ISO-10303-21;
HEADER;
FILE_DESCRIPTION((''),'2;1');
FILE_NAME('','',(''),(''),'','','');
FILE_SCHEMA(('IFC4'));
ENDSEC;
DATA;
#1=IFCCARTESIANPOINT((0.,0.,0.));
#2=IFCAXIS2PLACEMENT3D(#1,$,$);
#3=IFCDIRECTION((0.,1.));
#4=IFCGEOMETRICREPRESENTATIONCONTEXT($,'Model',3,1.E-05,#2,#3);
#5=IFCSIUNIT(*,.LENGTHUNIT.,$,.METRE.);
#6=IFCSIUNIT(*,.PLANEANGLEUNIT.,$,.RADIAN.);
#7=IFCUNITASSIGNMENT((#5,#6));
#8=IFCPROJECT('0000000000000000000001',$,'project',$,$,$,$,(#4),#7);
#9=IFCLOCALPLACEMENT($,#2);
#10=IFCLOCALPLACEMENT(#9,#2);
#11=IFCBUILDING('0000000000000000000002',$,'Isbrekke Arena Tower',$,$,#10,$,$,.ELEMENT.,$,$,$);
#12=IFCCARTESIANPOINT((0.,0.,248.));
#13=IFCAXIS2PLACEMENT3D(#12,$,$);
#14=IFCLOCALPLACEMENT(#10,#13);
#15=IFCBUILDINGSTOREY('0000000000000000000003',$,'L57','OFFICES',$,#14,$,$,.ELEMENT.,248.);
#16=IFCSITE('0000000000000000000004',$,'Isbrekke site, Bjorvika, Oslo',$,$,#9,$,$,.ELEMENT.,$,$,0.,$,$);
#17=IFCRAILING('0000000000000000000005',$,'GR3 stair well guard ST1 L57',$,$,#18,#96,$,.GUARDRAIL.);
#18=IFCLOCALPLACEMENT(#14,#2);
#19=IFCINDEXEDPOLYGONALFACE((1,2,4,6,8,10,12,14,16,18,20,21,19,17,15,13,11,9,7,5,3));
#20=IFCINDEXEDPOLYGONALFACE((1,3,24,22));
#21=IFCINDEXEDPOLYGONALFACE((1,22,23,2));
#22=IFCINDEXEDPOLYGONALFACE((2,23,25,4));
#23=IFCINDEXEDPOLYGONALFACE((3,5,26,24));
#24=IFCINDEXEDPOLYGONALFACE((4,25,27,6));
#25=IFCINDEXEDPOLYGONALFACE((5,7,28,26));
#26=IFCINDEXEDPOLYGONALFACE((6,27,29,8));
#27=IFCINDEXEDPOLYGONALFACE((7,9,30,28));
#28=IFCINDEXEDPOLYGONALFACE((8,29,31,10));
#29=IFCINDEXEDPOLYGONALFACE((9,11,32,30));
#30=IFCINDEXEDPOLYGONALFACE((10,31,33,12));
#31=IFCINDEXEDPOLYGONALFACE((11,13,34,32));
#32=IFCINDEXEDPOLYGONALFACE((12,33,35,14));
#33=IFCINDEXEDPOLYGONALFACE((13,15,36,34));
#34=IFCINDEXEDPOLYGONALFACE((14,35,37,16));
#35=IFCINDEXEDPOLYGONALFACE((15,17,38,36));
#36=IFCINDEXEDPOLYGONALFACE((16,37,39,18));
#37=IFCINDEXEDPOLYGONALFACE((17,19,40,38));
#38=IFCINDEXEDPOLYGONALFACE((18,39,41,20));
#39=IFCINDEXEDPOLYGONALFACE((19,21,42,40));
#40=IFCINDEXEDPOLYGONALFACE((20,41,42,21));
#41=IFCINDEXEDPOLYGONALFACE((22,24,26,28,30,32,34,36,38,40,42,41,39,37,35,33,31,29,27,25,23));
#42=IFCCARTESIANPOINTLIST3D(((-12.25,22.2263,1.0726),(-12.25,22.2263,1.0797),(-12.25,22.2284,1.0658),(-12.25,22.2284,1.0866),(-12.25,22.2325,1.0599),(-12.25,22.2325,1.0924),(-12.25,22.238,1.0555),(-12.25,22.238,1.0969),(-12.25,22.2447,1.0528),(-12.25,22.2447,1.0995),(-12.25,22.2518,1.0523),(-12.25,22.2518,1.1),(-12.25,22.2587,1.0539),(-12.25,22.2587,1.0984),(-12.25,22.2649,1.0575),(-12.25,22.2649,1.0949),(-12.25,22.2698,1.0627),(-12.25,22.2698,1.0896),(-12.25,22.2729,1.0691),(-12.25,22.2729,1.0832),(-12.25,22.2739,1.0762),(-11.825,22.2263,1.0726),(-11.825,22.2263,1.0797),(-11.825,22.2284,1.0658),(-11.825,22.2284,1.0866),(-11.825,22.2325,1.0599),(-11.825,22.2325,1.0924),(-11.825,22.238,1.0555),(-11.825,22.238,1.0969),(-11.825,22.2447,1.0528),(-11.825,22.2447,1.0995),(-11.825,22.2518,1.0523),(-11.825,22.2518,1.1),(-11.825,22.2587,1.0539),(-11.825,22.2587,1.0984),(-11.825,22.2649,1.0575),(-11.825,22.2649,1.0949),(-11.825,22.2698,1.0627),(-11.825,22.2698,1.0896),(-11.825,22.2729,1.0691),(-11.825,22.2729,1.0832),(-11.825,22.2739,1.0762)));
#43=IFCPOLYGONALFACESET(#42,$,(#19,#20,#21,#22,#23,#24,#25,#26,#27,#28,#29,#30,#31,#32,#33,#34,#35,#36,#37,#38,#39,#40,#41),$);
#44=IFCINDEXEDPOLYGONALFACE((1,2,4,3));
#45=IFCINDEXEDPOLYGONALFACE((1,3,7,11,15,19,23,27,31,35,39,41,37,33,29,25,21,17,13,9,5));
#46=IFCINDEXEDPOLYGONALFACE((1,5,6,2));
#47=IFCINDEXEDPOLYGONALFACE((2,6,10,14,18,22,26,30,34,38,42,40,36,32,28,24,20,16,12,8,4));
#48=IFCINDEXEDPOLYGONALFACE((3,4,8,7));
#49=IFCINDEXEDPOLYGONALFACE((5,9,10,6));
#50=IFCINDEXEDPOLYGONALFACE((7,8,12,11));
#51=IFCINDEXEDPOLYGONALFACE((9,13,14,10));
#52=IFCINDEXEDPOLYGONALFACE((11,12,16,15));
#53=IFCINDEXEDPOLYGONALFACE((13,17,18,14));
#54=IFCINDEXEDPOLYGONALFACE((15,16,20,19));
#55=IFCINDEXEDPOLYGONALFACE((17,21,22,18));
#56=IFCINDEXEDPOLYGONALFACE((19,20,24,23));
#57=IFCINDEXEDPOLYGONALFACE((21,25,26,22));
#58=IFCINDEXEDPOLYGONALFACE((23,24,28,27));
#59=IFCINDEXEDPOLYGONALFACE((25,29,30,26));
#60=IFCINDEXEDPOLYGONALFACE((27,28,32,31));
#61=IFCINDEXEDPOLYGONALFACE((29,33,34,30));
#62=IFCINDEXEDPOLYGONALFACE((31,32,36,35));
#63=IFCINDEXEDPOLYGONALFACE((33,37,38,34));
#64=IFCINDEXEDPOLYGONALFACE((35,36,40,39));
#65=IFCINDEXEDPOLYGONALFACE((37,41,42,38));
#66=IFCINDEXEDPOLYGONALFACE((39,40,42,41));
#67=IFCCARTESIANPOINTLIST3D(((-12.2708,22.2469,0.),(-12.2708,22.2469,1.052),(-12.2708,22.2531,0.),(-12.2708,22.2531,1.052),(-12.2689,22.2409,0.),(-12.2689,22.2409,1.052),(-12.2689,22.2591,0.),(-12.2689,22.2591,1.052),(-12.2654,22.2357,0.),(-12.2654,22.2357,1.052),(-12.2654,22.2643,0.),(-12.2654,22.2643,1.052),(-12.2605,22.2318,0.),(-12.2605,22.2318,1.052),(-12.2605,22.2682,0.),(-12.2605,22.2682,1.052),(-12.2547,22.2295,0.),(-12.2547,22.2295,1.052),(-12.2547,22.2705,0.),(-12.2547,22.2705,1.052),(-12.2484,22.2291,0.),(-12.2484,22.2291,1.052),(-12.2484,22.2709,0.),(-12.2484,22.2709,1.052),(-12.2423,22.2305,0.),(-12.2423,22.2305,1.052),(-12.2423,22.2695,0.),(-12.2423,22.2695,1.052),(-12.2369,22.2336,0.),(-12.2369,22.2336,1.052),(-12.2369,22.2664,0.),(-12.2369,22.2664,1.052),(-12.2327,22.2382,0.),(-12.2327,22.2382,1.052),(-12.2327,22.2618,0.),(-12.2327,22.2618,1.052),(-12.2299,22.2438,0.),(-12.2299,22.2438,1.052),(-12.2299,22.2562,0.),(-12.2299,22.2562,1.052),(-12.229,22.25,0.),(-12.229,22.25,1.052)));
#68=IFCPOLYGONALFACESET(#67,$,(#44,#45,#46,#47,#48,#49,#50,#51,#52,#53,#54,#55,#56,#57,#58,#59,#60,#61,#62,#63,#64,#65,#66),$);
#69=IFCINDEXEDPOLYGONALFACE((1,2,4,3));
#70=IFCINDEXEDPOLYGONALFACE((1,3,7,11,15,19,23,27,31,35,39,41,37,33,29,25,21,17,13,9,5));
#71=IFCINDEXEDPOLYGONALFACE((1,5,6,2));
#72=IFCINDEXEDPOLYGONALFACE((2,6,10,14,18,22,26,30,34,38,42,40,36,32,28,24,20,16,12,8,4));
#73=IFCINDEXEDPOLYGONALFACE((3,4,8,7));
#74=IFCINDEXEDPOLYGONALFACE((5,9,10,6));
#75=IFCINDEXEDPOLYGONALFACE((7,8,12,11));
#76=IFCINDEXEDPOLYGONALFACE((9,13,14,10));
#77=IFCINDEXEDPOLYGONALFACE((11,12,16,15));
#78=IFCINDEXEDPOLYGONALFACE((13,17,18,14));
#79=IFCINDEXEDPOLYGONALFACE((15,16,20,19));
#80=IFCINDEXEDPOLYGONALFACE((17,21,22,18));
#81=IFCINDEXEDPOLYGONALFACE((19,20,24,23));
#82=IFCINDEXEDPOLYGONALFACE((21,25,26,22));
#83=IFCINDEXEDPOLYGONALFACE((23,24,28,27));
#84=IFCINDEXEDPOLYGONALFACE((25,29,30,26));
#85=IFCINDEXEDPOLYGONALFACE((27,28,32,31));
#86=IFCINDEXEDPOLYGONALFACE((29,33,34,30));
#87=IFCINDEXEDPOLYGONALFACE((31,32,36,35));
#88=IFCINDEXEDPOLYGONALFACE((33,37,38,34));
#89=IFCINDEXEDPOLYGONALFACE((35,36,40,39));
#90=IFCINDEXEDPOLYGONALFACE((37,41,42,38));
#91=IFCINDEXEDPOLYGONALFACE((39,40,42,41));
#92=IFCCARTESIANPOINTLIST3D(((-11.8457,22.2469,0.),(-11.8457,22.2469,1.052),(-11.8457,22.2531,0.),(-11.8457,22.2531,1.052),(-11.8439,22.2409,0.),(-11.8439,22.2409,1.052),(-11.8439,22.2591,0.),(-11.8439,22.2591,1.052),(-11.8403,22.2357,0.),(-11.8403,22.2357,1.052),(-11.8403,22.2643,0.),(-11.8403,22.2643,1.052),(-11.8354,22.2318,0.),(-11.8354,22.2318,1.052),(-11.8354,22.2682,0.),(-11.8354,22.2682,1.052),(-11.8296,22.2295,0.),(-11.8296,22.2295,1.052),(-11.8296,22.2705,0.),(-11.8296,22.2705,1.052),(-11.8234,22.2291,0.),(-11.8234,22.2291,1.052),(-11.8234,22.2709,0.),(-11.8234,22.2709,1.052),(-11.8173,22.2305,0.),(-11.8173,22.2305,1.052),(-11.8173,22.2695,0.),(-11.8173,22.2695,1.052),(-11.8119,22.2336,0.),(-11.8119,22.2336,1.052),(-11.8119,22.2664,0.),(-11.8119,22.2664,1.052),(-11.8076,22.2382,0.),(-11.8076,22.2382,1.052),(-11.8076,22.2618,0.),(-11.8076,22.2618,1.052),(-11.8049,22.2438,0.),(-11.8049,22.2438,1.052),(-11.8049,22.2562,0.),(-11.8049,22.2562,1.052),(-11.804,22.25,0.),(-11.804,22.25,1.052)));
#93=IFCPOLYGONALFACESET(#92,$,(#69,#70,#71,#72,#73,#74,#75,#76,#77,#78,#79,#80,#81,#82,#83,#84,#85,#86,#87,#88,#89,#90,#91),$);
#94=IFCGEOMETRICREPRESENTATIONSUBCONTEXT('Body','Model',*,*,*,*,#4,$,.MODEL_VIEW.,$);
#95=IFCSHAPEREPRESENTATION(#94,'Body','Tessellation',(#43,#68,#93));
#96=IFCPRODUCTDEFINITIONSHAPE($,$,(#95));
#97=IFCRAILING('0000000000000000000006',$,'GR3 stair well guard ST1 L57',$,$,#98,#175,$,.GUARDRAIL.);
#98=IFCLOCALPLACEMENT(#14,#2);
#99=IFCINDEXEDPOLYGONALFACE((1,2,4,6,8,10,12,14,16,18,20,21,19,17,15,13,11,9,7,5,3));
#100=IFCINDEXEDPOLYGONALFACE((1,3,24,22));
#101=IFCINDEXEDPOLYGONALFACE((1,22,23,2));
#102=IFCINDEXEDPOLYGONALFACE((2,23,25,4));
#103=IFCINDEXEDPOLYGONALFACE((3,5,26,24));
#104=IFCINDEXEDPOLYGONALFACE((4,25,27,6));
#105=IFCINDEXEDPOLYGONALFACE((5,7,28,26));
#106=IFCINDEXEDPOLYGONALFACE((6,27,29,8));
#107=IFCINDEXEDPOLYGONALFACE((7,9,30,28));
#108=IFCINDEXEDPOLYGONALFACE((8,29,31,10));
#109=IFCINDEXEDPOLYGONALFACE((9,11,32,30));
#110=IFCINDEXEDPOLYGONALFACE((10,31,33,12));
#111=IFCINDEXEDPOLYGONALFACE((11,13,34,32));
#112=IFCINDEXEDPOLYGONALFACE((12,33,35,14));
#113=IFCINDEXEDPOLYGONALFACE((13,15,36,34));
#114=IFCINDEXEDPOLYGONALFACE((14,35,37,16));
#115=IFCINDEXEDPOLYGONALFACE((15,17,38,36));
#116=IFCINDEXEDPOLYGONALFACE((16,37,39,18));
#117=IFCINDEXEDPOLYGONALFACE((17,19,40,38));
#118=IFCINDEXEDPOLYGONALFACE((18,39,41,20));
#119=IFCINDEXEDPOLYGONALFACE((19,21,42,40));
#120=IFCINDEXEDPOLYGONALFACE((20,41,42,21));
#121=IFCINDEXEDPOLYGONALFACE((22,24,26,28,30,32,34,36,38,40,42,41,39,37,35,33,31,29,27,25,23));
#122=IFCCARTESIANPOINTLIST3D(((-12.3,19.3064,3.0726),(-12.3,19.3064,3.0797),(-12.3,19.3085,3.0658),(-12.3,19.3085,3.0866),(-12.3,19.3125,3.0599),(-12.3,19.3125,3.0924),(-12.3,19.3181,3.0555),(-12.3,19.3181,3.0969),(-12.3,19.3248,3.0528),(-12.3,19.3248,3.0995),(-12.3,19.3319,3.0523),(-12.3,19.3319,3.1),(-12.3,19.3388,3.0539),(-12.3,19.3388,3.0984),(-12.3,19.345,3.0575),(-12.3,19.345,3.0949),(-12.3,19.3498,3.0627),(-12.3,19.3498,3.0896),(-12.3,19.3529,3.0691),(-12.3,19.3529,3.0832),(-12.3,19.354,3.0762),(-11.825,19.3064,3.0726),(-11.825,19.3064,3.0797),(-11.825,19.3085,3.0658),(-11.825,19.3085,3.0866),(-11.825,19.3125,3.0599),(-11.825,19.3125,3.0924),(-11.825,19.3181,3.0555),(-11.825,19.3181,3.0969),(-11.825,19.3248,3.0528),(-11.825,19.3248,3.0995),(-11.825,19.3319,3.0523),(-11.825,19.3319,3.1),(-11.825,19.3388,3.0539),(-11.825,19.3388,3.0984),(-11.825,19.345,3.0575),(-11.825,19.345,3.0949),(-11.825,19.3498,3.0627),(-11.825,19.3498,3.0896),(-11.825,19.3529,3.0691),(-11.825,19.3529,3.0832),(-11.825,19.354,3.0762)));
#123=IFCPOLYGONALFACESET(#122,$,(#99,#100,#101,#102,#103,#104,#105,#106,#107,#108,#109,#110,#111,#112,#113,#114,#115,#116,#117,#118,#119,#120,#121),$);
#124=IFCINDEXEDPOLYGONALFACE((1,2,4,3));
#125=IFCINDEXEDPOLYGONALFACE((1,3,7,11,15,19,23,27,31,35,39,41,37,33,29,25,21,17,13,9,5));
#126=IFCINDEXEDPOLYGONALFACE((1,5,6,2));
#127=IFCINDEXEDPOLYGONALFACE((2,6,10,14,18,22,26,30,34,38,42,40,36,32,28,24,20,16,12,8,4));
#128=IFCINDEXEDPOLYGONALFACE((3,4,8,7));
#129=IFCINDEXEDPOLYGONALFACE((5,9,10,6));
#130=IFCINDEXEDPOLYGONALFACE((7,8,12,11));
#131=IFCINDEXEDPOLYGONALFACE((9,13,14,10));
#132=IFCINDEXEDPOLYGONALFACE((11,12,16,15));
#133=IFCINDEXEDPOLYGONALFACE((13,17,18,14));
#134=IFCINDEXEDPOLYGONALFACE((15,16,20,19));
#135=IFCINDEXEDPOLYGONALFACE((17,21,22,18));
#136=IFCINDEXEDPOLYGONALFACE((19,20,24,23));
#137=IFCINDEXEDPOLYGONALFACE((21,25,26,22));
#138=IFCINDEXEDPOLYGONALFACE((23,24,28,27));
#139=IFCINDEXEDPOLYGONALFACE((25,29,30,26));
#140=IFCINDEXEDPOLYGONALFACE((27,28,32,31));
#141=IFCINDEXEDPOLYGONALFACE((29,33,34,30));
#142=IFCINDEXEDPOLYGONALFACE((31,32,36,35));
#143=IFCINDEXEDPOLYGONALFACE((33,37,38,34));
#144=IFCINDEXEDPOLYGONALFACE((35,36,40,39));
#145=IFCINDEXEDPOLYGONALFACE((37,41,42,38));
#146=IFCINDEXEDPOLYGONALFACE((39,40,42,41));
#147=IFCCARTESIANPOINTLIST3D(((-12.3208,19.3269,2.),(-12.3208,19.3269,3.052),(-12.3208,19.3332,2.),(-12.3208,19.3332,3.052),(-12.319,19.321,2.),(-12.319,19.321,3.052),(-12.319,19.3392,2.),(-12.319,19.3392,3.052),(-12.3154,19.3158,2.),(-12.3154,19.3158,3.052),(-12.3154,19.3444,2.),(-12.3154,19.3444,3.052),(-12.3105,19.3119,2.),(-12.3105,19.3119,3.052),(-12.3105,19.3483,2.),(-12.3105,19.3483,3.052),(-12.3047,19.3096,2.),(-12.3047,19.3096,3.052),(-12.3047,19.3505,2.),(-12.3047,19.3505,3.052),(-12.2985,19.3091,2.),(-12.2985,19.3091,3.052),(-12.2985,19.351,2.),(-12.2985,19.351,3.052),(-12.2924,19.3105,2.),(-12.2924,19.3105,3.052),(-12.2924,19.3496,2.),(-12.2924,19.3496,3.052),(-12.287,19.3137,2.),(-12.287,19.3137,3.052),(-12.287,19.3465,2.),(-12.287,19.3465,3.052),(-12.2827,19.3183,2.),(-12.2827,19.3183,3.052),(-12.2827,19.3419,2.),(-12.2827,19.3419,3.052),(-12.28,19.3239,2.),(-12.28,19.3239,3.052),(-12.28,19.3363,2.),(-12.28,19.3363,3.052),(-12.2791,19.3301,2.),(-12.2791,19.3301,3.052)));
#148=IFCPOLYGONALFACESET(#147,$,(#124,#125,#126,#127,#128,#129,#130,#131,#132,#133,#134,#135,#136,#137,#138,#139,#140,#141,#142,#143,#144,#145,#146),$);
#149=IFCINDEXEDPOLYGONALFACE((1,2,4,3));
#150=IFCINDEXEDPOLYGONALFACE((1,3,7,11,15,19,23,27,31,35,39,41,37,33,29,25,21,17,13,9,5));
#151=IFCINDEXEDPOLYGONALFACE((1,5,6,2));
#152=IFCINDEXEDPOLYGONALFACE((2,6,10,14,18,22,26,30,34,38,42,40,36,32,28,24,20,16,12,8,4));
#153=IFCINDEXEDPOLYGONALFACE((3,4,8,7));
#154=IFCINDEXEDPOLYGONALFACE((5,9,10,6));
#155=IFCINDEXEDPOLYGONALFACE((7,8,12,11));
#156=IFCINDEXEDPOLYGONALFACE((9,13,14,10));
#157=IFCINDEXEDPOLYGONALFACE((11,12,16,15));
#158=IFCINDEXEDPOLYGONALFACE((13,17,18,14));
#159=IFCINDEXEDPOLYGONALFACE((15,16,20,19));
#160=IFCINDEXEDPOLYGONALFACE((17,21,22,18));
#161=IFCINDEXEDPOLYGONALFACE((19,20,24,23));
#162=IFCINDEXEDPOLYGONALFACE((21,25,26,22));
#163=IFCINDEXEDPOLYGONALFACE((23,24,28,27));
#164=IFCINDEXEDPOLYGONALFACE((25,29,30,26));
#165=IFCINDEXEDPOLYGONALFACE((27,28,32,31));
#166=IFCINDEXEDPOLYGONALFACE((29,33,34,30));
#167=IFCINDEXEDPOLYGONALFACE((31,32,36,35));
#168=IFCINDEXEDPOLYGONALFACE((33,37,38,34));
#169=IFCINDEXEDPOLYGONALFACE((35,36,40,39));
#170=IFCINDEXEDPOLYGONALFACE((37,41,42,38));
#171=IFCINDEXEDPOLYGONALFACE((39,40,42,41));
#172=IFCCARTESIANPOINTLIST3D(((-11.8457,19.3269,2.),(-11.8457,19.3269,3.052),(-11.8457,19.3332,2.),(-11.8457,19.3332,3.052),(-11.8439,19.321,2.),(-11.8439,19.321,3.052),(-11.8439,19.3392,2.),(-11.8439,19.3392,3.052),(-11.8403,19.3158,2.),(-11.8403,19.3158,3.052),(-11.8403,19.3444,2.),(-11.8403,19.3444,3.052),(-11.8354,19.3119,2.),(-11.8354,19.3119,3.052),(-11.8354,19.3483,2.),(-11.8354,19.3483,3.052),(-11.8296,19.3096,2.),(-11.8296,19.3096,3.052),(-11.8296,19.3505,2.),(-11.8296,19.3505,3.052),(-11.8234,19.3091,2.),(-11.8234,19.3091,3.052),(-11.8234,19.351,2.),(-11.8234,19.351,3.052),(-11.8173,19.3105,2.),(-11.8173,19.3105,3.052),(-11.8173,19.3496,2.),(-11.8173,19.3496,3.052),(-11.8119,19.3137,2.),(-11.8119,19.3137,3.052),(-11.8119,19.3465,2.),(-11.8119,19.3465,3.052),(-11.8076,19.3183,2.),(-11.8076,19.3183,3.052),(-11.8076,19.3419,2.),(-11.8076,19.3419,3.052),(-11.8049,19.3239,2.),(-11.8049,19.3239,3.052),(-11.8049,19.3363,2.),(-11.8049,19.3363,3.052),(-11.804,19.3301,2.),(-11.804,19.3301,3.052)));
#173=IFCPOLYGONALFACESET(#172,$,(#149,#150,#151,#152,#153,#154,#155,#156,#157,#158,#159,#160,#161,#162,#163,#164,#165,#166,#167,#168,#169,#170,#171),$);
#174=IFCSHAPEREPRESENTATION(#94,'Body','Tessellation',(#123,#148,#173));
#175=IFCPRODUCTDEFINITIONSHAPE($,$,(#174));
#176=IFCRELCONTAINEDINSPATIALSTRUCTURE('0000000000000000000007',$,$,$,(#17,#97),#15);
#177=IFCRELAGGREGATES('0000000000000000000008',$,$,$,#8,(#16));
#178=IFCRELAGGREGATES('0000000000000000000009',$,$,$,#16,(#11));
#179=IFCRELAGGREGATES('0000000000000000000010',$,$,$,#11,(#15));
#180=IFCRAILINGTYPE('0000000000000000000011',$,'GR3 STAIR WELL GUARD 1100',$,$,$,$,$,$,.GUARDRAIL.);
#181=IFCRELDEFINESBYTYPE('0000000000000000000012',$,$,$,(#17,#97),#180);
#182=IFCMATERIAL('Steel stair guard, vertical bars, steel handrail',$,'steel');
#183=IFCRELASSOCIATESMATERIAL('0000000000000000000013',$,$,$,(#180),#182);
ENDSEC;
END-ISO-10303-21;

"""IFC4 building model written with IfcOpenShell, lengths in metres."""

from ifc_helpers import new_model, si_unit, direction, frame, origin, origin_2d, place, context, subcontext, project, spatial, circle, extrude, material, type_object, element, save


model = new_model("IFC4")

# Units and contexts
model_context = context("Model", 3, precision=1e-05, world=origin(), true_north=direction((0.0, 1.0)))
body_context = subcontext(model_context, "Body", "Model", "MODEL_VIEW")
ifc_project = project(units=[si_unit("LENGTHUNIT", "METRE"), si_unit("PLANEANGLEUNIT", "RADIAN")], contexts=[model_context])

# Site, building, storey
site_placement = place(None, origin())
site = spatial("IfcSite", under=ifc_project, at=site_placement, Name="Isbrekke site, Bjorvika, Oslo", CompositionType="ELEMENT", RefElevation=0.0)
building_placement = place(site_placement, origin())
building = spatial("IfcBuilding", under=site, at=building_placement, Name="Isbrekke Arena Tower", CompositionType="ELEMENT")
storey_placement = place(building_placement, frame((0.0, 0.0, 248.0)))
storey = spatial("IfcBuildingStorey", under=building, at=storey_placement, Name="L57", Description="OFFICES", CompositionType="ELEMENT", Elevation=248.0)

# Railings
ifc_material_1 = material(Name="Steel stair guard, vertical bars, steel handrail", Category="steel")
railing_type = type_object("IfcRailingType", Name="GR3 STAIR WELL GUARD 1100", PredefinedType="GUARDRAIL", material=ifc_material_1)
railing_1_placement = place(storey_placement, frame((-12.25, 22.25, 0.0)))
element("IfcRailing", 1, at=railing_1_placement, inside=storey, type_object=railing_type, Name="GR3 stair well guard ST1 L57", PredefinedType="GUARDRAIL", context=body_context, shape_type="SweptSolid", body=[
    extrude(circle(Radius=0.0239, at=origin_2d()), frame((0.0, 0.0, 1.0762), z_axis=(1.0, 0.0, 0.0), x_axis=(0.0, 1.0, 0.0)), (0.0, 0.0, 1.0), 0.425),
    extrude(circle(Radius=0.021, at=origin_2d()), origin(), (0.0, 0.0, 1.0), 1.052),
    extrude(circle(Radius=0.021, at=origin_2d()), frame((0.425, 0.0, 0.0)), (0.0, 0.0, 1.0), 1.052),
])
railing_2_placement = place(storey_placement, frame((-12.3, 19.3301, 2.0)))
element("IfcRailing", 2, at=railing_2_placement, inside=storey, type_object=railing_type, Name="GR3 stair well guard ST1 L57", PredefinedType="GUARDRAIL", context=body_context, shape_type="SweptSolid", body=[
    extrude(circle(Radius=0.0239, at=origin_2d()), frame((0.0, 0.0, 1.0762), z_axis=(1.0, 0.0, 0.0), x_axis=(0.0, 1.0, 0.0)), (0.0, 0.0, 1.0), 0.4751),
    extrude(circle(Radius=0.021, at=origin_2d()), origin(), (0.0, 0.0, 1.0), 1.052),
    extrude(circle(Radius=0.021, at=origin_2d()), frame((0.4751, 0.0, 0.0)), (0.0, 0.0, 1.0), 1.052),
])

save(model, "model.ifc")
